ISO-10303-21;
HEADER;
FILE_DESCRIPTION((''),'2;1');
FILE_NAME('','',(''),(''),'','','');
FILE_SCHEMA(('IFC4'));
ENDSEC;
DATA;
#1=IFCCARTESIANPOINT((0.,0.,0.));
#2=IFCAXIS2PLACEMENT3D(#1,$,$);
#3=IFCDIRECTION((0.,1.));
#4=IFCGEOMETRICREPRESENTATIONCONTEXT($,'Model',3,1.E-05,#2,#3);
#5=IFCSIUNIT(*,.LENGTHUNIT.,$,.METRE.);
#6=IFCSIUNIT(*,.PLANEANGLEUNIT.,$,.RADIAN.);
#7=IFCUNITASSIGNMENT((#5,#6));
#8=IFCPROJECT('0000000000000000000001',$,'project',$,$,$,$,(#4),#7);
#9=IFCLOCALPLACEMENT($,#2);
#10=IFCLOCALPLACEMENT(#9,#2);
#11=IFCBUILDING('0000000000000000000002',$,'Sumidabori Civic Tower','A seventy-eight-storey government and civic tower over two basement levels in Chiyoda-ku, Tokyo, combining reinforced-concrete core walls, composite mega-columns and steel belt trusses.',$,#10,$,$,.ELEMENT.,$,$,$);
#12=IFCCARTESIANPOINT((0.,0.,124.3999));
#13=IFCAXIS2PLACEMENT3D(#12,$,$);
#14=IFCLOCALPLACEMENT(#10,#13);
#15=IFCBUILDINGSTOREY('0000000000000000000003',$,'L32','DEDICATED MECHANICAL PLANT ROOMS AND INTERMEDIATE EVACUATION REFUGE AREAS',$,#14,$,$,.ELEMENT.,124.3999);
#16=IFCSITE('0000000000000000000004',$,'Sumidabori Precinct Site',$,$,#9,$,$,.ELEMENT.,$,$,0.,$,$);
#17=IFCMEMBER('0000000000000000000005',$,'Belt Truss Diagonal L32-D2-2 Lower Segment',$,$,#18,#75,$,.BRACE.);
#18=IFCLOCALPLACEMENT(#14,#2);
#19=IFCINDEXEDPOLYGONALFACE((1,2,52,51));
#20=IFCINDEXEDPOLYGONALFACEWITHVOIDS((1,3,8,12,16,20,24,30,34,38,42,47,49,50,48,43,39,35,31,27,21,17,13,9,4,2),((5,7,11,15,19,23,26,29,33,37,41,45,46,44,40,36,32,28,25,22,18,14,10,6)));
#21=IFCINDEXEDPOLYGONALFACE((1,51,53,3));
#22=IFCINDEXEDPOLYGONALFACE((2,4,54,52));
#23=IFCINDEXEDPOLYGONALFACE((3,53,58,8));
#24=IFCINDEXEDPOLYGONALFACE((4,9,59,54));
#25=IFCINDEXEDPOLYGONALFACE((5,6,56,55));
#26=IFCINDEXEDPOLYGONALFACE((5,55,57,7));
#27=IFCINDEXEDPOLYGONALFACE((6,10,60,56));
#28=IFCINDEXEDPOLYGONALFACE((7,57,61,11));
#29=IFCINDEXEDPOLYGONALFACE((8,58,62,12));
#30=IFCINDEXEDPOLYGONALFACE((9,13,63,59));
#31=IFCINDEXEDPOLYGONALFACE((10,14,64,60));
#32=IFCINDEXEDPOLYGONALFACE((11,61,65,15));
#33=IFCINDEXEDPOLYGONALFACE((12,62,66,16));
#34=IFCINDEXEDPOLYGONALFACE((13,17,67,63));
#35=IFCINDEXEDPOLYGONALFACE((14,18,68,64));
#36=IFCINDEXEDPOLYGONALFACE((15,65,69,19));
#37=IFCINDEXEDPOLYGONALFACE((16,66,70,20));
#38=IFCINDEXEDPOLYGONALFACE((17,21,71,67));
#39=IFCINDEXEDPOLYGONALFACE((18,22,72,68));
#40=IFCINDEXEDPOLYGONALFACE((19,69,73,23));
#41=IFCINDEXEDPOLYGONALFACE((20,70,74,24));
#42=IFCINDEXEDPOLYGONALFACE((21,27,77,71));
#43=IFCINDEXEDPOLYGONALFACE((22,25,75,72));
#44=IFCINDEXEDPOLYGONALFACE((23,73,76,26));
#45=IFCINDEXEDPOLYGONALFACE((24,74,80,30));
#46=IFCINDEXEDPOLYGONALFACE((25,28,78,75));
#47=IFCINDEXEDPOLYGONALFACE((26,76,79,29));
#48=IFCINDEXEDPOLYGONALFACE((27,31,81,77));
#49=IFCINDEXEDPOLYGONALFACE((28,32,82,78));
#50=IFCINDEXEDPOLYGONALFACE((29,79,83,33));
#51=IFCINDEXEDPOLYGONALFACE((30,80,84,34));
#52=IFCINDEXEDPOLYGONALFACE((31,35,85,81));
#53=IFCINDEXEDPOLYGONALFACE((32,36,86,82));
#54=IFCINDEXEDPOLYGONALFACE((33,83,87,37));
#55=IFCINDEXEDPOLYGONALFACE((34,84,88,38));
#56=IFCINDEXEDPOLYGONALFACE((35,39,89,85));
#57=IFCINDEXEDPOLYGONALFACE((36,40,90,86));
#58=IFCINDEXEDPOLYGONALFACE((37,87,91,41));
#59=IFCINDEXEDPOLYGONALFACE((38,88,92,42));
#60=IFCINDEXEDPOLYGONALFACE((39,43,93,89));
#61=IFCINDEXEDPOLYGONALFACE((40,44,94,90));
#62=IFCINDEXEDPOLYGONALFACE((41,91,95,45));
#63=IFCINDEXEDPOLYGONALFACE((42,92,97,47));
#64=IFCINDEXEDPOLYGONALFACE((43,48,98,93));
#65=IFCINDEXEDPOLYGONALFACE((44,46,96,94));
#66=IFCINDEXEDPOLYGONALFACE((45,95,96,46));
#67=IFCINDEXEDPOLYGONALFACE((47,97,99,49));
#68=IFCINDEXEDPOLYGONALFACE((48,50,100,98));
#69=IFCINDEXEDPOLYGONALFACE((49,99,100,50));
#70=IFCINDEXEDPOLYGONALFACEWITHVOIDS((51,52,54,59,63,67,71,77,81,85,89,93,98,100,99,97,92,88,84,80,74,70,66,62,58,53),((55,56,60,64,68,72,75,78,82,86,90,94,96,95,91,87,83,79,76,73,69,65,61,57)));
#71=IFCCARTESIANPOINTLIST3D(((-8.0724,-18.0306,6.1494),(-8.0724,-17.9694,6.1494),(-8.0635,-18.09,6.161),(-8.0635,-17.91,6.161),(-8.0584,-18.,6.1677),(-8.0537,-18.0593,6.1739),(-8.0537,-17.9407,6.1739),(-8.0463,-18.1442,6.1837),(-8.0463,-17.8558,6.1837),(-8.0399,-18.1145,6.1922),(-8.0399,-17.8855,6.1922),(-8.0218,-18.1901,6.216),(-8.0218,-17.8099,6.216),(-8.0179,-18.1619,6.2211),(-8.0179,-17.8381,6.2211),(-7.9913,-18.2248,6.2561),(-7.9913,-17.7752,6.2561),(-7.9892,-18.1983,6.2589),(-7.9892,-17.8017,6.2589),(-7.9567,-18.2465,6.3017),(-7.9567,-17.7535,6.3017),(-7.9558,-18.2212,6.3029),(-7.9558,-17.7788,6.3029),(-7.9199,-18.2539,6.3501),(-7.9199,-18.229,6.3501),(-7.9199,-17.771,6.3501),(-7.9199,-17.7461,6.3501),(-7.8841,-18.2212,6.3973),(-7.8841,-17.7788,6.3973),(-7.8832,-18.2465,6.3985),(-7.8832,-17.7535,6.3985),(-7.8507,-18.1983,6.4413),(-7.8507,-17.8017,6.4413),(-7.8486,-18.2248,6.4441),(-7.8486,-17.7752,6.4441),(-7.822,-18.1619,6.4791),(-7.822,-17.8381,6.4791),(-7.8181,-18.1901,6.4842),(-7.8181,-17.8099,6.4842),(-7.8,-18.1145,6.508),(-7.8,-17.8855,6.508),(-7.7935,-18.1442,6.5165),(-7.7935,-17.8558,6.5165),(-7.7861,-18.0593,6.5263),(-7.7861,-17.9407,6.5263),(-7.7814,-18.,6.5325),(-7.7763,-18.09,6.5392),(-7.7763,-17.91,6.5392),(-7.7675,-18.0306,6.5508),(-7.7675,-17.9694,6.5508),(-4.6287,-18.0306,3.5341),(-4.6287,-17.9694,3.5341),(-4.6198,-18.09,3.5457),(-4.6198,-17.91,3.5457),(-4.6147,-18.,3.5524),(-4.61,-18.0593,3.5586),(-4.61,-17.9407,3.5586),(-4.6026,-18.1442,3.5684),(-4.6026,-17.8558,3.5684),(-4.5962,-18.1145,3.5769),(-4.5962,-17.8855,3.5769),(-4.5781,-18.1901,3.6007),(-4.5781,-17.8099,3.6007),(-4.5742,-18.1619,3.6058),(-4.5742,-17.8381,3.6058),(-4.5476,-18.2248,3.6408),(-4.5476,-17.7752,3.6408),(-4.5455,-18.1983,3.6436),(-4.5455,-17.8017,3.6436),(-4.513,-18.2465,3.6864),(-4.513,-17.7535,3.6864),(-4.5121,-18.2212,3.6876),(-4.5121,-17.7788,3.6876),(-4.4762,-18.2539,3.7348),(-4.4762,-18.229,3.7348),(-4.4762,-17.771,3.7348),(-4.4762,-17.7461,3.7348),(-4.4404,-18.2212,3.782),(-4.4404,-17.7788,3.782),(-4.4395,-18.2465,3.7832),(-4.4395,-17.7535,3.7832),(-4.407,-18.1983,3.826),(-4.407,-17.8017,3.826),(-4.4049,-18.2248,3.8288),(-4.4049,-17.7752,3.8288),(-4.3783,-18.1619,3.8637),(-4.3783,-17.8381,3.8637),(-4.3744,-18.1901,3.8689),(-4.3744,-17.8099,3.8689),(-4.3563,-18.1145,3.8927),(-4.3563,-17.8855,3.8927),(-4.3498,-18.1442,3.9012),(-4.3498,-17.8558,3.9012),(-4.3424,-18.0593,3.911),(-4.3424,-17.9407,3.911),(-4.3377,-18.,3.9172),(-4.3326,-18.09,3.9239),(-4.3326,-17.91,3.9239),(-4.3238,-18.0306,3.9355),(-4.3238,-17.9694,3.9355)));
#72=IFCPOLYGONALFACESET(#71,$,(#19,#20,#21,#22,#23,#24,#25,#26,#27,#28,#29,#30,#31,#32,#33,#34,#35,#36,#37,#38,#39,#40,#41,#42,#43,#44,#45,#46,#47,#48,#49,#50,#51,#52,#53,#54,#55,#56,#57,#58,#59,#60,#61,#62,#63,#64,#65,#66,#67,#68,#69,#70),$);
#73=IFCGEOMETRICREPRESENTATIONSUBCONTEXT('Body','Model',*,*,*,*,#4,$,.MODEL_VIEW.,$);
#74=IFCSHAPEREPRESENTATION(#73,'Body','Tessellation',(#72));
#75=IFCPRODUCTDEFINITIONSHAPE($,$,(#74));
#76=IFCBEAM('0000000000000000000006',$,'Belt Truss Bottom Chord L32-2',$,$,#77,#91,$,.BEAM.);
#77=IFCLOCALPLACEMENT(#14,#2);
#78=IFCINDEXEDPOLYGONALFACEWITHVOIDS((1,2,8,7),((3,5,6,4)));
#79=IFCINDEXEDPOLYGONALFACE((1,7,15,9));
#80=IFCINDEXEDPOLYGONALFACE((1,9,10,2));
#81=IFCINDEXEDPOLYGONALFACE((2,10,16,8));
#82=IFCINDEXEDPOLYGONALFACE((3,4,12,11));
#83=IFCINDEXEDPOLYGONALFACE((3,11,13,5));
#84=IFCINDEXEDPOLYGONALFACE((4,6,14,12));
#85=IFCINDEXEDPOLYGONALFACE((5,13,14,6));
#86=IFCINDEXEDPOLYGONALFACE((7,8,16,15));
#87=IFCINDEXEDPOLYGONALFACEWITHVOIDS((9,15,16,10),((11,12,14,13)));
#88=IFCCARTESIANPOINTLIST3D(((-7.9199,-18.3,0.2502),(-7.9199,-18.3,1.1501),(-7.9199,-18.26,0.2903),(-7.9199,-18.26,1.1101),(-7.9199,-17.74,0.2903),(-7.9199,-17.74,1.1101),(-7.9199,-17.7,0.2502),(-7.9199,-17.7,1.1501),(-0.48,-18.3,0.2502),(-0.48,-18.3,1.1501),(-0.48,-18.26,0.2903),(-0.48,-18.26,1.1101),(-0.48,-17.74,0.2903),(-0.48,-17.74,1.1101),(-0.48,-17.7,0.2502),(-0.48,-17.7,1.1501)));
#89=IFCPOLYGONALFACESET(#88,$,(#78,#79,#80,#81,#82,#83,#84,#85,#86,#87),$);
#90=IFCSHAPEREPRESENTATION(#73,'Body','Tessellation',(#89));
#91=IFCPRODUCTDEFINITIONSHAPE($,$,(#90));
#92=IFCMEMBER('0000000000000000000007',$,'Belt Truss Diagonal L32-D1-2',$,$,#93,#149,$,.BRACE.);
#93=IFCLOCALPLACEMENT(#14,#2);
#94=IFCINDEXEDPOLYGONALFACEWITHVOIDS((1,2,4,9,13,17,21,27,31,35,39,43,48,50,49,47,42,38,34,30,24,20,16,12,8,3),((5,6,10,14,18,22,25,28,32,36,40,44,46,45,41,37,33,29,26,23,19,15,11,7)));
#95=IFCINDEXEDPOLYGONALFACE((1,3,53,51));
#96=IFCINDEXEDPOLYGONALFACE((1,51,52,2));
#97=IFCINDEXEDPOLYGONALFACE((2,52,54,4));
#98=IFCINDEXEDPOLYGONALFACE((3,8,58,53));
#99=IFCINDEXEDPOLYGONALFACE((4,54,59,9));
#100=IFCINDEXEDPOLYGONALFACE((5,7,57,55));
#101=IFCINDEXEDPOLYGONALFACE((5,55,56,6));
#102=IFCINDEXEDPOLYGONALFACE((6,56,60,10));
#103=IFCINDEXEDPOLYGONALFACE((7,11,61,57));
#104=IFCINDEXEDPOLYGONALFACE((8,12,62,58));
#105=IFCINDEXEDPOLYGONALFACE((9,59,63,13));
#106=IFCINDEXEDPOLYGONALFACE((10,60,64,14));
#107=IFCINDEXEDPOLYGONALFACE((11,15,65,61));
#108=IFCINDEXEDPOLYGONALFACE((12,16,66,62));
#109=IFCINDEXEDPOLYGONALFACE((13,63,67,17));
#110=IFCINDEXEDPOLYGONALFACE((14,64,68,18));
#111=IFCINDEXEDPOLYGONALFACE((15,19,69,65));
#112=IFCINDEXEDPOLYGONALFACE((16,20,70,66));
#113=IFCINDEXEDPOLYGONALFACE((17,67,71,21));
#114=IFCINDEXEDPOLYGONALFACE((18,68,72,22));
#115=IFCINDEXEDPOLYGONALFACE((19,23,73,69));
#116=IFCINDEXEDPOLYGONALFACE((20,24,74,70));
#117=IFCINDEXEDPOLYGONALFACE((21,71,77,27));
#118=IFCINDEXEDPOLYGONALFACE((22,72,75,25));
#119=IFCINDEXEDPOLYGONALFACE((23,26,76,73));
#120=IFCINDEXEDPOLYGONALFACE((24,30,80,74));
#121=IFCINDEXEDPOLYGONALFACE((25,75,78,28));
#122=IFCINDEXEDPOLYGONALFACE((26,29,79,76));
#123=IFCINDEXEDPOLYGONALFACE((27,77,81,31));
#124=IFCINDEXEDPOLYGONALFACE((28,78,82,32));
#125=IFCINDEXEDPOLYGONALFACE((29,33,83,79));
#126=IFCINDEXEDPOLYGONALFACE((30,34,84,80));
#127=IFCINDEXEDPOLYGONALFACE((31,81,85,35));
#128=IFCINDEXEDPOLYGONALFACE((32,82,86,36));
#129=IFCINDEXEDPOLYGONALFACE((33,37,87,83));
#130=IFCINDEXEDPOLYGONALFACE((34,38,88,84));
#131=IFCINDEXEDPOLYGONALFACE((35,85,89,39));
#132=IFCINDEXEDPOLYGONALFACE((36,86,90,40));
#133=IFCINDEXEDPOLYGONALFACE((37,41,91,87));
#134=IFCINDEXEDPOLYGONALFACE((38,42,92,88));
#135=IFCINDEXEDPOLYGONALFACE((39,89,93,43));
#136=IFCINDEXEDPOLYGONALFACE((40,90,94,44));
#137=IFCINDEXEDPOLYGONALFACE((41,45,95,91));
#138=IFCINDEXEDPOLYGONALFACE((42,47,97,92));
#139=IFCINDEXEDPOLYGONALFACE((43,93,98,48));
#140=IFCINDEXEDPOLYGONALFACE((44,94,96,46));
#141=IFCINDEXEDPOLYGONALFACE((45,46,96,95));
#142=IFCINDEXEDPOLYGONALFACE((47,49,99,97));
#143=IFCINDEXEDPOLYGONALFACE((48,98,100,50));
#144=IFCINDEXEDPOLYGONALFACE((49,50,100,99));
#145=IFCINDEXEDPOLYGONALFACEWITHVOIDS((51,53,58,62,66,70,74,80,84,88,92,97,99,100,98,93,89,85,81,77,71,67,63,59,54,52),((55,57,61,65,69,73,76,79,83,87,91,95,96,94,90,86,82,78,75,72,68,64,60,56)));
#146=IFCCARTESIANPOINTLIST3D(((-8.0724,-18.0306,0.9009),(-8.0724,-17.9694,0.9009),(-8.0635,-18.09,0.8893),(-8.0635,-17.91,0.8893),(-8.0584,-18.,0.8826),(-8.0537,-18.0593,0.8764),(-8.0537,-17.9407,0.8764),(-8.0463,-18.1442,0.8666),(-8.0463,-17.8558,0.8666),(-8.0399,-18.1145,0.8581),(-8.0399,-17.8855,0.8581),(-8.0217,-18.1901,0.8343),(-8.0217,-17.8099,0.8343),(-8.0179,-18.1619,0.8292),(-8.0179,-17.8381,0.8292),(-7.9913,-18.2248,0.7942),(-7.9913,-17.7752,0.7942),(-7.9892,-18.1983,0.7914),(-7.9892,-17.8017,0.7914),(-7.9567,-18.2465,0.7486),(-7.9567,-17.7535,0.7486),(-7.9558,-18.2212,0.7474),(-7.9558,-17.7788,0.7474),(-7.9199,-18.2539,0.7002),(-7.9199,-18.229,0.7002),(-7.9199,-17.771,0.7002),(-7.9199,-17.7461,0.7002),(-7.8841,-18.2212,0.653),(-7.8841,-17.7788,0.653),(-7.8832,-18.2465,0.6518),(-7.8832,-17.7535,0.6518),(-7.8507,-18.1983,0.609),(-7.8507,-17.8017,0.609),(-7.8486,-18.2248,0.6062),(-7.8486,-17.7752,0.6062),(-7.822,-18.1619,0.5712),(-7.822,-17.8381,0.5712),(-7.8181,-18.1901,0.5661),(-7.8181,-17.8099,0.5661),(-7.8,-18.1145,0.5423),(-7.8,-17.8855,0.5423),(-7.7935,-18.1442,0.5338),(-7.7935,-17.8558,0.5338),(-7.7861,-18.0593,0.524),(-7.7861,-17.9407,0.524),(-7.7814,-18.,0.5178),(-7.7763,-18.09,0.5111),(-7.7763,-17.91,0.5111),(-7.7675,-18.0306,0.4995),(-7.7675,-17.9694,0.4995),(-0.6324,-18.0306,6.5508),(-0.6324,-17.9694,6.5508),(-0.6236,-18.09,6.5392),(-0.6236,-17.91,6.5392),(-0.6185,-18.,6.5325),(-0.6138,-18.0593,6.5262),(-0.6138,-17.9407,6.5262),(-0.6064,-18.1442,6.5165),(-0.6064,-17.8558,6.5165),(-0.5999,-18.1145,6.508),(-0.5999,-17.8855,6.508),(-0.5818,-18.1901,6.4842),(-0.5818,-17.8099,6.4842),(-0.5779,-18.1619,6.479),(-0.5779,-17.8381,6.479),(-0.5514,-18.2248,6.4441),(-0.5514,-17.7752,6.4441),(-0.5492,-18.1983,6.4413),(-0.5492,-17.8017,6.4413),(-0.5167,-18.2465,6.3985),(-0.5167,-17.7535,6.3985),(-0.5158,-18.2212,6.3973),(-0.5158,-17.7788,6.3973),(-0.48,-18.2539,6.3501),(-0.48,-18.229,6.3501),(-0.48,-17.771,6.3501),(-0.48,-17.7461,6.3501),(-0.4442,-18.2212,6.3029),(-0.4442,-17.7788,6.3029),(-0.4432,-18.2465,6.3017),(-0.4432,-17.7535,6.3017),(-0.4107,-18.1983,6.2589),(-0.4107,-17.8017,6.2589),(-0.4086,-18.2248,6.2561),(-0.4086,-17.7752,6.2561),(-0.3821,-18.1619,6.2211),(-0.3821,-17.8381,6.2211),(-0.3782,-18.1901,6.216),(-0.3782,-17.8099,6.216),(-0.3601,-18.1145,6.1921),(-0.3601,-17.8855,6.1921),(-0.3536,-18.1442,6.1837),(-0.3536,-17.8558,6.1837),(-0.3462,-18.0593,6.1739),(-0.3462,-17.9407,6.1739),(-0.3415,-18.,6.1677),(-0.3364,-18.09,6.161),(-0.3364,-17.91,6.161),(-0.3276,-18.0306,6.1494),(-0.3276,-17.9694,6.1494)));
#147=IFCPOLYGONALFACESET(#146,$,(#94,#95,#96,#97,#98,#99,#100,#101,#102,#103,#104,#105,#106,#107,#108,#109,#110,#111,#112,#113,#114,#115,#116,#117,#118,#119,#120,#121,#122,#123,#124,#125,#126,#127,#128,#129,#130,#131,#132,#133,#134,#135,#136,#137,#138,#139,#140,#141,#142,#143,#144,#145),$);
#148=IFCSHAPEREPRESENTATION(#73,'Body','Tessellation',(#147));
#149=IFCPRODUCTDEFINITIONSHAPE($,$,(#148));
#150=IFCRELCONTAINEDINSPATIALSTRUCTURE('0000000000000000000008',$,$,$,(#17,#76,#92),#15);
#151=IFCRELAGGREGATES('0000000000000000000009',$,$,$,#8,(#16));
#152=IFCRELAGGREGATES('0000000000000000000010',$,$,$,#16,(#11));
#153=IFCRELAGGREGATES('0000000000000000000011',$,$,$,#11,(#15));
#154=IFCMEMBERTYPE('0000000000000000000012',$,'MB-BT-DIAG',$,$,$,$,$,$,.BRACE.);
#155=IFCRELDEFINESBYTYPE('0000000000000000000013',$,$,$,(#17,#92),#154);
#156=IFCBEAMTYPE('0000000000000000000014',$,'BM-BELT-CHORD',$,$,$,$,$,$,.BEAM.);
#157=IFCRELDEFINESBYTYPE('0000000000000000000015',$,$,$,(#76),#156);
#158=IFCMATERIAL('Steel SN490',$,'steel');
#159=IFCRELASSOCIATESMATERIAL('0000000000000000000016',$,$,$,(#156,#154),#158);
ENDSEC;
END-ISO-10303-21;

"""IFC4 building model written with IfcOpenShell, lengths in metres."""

from ifc_helpers import new_model, si_unit, direction, frame, origin, origin_2d, place, context, subcontext, project, spatial, hollow_rectangle, hollow_circle, extrude, source, transform, mapped, material, material_profile, profile_set, type_object, element, save


model = new_model("IFC4")

# Units and contexts
model_context = context("Model", 3, precision=1e-05, world=origin(), true_north=direction((0.0, 1.0)))
body_context = subcontext(model_context, "Body", "Model", "MODEL_VIEW")
ifc_project = project(units=[si_unit("LENGTHUNIT", "METRE"), si_unit("PLANEANGLEUNIT", "RADIAN")], contexts=[model_context])

# Site, building, storey
site_placement = place(None, origin())
site = spatial("IfcSite", under=ifc_project, at=site_placement, Name="Sumidabori Precinct Site", CompositionType="ELEMENT", RefElevation=0.0)
building_placement = place(site_placement, origin())
building = spatial("IfcBuilding", under=site, at=building_placement, Name="Sumidabori Civic Tower", Description="A seventy-eight-storey government and civic tower over two basement levels in Chiyoda-ku, Tokyo, combining reinforced-concrete core walls, composite mega-columns and steel belt trusses.", CompositionType="ELEMENT")
storey_placement = place(building_placement, frame((0.0, 0.0, 124.3999)))
storey = spatial("IfcBuildingStorey", under=building, at=storey_placement, Name="L32", Description="DEDICATED MECHANICAL PLANT ROOMS AND INTERMEDIATE EVACUATION REFUGE AREAS", CompositionType="ELEMENT", Elevation=124.3999)

# Shared definitions
ifc_material_1 = material(Name="Steel SN490", Category="steel")
ifc_material_profile_1 = material_profile(ifc_material_1, hollow_rectangle(XDim=0.6001, YDim=0.8999, WallThickness=0.04, at=origin_2d()), Name="RHS 900x600x40")
ifc_profile_set_1 = profile_set([ifc_material_profile_1], Name="Steel SN490")
beam_type_1 = type_object("IfcBeamType", Name="BM-BELT-CHORD", PredefinedType="BEAM", material=ifc_profile_set_1)

# Member
ifc_material_profile_2 = material_profile(ifc_material_1, hollow_circle(Radius=0.2539, WallThickness=0.0249, at=origin_2d()), Name="CHS 508x25")
ifc_profile_set_2 = profile_set([ifc_material_profile_2], Name="Steel SN490")
member_type = type_object("IfcMemberType", Name="MB-BT-DIAG", PredefinedType="BRACE", material=ifc_profile_set_2)
shared_shape_1 = source(origin(), body_context, "Body", "SweptSolid", [
    extrude(hollow_circle(Radius=0.2539, WallThickness=0.0249, at=origin_2d()), origin(), (0.0, 0.0, 1.0), 4.3242),
])
for number, where, z_axis, x_axis, name in (
    (1, (-7.9199, -18.0, 6.3501), (0.796374, 0.0, -0.604804), (0.0, 1.0, 0.0), "Belt Truss Diagonal L32-D2-2 Lower Segment"),
):
    element("IfcMember", number, at=place(storey_placement, frame(where, z_axis=z_axis, x_axis=x_axis)), inside=storey, type_object=member_type, Name=name, PredefinedType="BRACE", context=body_context, shape_type="MappedRepresentation", body=[
        mapped(shared_shape_1, transform((0.0, 0.0, 0.0), x_axis=(1.0, 0.0, 0.0), y_axis=(0.0, 1.0, 0.0), z_axis=(0.0, 0.0, 1.0), scale=1.0)),
    ])

# Beam
shared_shape_2 = source(origin(), body_context, "Body", "SweptSolid", [
    extrude(hollow_rectangle(XDim=0.6001, YDim=0.8999, WallThickness=0.04, at=origin_2d()), origin(), (0.0, 0.0, 1.0), 7.4399),
])
beam_1_placement = place(storey_placement, frame((-7.9199, -18.0, 0.7002), z_axis=(1.0, 0.0, 0.0), x_axis=(0.0, 1.0, 0.0)))
element("IfcBeam", 2, at=beam_1_placement, inside=storey, type_object=beam_type_1, Name="Belt Truss Bottom Chord L32-2", PredefinedType="BEAM", context=body_context, shape_type="MappedRepresentation", body=[
    mapped(shared_shape_2, transform((0.0, 0.0, 0.0), x_axis=(1.0, 0.0, 0.0), y_axis=(0.0, 1.0, 0.0), z_axis=(0.0, 0.0, 1.0), scale=1.0)),
])

# Member
shared_shape_3 = source(origin(), body_context, "Body", "SweptSolid", [
    extrude(hollow_circle(Radius=0.2539, WallThickness=0.0249, at=origin_2d()), origin(), (0.0, 0.0, 1.0), 9.342),
])
member_1_placement = place(storey_placement, frame((-7.9199, -18.0, 0.7002), z_axis=(0.796392, 0.0, 0.604781), x_axis=(0.0, 1.0, 0.0)))
element("IfcMember", 3, at=member_1_placement, inside=storey, type_object=member_type, Name="Belt Truss Diagonal L32-D1-2", PredefinedType="BRACE", context=body_context, shape_type="MappedRepresentation", body=[
    mapped(shared_shape_3, transform((0.0, 0.0, 0.0), x_axis=(1.0, 0.0, 0.0), y_axis=(0.0, 1.0, 0.0), z_axis=(0.0, 0.0, 1.0), scale=1.0)),
])

save(model, "model.ifc")
